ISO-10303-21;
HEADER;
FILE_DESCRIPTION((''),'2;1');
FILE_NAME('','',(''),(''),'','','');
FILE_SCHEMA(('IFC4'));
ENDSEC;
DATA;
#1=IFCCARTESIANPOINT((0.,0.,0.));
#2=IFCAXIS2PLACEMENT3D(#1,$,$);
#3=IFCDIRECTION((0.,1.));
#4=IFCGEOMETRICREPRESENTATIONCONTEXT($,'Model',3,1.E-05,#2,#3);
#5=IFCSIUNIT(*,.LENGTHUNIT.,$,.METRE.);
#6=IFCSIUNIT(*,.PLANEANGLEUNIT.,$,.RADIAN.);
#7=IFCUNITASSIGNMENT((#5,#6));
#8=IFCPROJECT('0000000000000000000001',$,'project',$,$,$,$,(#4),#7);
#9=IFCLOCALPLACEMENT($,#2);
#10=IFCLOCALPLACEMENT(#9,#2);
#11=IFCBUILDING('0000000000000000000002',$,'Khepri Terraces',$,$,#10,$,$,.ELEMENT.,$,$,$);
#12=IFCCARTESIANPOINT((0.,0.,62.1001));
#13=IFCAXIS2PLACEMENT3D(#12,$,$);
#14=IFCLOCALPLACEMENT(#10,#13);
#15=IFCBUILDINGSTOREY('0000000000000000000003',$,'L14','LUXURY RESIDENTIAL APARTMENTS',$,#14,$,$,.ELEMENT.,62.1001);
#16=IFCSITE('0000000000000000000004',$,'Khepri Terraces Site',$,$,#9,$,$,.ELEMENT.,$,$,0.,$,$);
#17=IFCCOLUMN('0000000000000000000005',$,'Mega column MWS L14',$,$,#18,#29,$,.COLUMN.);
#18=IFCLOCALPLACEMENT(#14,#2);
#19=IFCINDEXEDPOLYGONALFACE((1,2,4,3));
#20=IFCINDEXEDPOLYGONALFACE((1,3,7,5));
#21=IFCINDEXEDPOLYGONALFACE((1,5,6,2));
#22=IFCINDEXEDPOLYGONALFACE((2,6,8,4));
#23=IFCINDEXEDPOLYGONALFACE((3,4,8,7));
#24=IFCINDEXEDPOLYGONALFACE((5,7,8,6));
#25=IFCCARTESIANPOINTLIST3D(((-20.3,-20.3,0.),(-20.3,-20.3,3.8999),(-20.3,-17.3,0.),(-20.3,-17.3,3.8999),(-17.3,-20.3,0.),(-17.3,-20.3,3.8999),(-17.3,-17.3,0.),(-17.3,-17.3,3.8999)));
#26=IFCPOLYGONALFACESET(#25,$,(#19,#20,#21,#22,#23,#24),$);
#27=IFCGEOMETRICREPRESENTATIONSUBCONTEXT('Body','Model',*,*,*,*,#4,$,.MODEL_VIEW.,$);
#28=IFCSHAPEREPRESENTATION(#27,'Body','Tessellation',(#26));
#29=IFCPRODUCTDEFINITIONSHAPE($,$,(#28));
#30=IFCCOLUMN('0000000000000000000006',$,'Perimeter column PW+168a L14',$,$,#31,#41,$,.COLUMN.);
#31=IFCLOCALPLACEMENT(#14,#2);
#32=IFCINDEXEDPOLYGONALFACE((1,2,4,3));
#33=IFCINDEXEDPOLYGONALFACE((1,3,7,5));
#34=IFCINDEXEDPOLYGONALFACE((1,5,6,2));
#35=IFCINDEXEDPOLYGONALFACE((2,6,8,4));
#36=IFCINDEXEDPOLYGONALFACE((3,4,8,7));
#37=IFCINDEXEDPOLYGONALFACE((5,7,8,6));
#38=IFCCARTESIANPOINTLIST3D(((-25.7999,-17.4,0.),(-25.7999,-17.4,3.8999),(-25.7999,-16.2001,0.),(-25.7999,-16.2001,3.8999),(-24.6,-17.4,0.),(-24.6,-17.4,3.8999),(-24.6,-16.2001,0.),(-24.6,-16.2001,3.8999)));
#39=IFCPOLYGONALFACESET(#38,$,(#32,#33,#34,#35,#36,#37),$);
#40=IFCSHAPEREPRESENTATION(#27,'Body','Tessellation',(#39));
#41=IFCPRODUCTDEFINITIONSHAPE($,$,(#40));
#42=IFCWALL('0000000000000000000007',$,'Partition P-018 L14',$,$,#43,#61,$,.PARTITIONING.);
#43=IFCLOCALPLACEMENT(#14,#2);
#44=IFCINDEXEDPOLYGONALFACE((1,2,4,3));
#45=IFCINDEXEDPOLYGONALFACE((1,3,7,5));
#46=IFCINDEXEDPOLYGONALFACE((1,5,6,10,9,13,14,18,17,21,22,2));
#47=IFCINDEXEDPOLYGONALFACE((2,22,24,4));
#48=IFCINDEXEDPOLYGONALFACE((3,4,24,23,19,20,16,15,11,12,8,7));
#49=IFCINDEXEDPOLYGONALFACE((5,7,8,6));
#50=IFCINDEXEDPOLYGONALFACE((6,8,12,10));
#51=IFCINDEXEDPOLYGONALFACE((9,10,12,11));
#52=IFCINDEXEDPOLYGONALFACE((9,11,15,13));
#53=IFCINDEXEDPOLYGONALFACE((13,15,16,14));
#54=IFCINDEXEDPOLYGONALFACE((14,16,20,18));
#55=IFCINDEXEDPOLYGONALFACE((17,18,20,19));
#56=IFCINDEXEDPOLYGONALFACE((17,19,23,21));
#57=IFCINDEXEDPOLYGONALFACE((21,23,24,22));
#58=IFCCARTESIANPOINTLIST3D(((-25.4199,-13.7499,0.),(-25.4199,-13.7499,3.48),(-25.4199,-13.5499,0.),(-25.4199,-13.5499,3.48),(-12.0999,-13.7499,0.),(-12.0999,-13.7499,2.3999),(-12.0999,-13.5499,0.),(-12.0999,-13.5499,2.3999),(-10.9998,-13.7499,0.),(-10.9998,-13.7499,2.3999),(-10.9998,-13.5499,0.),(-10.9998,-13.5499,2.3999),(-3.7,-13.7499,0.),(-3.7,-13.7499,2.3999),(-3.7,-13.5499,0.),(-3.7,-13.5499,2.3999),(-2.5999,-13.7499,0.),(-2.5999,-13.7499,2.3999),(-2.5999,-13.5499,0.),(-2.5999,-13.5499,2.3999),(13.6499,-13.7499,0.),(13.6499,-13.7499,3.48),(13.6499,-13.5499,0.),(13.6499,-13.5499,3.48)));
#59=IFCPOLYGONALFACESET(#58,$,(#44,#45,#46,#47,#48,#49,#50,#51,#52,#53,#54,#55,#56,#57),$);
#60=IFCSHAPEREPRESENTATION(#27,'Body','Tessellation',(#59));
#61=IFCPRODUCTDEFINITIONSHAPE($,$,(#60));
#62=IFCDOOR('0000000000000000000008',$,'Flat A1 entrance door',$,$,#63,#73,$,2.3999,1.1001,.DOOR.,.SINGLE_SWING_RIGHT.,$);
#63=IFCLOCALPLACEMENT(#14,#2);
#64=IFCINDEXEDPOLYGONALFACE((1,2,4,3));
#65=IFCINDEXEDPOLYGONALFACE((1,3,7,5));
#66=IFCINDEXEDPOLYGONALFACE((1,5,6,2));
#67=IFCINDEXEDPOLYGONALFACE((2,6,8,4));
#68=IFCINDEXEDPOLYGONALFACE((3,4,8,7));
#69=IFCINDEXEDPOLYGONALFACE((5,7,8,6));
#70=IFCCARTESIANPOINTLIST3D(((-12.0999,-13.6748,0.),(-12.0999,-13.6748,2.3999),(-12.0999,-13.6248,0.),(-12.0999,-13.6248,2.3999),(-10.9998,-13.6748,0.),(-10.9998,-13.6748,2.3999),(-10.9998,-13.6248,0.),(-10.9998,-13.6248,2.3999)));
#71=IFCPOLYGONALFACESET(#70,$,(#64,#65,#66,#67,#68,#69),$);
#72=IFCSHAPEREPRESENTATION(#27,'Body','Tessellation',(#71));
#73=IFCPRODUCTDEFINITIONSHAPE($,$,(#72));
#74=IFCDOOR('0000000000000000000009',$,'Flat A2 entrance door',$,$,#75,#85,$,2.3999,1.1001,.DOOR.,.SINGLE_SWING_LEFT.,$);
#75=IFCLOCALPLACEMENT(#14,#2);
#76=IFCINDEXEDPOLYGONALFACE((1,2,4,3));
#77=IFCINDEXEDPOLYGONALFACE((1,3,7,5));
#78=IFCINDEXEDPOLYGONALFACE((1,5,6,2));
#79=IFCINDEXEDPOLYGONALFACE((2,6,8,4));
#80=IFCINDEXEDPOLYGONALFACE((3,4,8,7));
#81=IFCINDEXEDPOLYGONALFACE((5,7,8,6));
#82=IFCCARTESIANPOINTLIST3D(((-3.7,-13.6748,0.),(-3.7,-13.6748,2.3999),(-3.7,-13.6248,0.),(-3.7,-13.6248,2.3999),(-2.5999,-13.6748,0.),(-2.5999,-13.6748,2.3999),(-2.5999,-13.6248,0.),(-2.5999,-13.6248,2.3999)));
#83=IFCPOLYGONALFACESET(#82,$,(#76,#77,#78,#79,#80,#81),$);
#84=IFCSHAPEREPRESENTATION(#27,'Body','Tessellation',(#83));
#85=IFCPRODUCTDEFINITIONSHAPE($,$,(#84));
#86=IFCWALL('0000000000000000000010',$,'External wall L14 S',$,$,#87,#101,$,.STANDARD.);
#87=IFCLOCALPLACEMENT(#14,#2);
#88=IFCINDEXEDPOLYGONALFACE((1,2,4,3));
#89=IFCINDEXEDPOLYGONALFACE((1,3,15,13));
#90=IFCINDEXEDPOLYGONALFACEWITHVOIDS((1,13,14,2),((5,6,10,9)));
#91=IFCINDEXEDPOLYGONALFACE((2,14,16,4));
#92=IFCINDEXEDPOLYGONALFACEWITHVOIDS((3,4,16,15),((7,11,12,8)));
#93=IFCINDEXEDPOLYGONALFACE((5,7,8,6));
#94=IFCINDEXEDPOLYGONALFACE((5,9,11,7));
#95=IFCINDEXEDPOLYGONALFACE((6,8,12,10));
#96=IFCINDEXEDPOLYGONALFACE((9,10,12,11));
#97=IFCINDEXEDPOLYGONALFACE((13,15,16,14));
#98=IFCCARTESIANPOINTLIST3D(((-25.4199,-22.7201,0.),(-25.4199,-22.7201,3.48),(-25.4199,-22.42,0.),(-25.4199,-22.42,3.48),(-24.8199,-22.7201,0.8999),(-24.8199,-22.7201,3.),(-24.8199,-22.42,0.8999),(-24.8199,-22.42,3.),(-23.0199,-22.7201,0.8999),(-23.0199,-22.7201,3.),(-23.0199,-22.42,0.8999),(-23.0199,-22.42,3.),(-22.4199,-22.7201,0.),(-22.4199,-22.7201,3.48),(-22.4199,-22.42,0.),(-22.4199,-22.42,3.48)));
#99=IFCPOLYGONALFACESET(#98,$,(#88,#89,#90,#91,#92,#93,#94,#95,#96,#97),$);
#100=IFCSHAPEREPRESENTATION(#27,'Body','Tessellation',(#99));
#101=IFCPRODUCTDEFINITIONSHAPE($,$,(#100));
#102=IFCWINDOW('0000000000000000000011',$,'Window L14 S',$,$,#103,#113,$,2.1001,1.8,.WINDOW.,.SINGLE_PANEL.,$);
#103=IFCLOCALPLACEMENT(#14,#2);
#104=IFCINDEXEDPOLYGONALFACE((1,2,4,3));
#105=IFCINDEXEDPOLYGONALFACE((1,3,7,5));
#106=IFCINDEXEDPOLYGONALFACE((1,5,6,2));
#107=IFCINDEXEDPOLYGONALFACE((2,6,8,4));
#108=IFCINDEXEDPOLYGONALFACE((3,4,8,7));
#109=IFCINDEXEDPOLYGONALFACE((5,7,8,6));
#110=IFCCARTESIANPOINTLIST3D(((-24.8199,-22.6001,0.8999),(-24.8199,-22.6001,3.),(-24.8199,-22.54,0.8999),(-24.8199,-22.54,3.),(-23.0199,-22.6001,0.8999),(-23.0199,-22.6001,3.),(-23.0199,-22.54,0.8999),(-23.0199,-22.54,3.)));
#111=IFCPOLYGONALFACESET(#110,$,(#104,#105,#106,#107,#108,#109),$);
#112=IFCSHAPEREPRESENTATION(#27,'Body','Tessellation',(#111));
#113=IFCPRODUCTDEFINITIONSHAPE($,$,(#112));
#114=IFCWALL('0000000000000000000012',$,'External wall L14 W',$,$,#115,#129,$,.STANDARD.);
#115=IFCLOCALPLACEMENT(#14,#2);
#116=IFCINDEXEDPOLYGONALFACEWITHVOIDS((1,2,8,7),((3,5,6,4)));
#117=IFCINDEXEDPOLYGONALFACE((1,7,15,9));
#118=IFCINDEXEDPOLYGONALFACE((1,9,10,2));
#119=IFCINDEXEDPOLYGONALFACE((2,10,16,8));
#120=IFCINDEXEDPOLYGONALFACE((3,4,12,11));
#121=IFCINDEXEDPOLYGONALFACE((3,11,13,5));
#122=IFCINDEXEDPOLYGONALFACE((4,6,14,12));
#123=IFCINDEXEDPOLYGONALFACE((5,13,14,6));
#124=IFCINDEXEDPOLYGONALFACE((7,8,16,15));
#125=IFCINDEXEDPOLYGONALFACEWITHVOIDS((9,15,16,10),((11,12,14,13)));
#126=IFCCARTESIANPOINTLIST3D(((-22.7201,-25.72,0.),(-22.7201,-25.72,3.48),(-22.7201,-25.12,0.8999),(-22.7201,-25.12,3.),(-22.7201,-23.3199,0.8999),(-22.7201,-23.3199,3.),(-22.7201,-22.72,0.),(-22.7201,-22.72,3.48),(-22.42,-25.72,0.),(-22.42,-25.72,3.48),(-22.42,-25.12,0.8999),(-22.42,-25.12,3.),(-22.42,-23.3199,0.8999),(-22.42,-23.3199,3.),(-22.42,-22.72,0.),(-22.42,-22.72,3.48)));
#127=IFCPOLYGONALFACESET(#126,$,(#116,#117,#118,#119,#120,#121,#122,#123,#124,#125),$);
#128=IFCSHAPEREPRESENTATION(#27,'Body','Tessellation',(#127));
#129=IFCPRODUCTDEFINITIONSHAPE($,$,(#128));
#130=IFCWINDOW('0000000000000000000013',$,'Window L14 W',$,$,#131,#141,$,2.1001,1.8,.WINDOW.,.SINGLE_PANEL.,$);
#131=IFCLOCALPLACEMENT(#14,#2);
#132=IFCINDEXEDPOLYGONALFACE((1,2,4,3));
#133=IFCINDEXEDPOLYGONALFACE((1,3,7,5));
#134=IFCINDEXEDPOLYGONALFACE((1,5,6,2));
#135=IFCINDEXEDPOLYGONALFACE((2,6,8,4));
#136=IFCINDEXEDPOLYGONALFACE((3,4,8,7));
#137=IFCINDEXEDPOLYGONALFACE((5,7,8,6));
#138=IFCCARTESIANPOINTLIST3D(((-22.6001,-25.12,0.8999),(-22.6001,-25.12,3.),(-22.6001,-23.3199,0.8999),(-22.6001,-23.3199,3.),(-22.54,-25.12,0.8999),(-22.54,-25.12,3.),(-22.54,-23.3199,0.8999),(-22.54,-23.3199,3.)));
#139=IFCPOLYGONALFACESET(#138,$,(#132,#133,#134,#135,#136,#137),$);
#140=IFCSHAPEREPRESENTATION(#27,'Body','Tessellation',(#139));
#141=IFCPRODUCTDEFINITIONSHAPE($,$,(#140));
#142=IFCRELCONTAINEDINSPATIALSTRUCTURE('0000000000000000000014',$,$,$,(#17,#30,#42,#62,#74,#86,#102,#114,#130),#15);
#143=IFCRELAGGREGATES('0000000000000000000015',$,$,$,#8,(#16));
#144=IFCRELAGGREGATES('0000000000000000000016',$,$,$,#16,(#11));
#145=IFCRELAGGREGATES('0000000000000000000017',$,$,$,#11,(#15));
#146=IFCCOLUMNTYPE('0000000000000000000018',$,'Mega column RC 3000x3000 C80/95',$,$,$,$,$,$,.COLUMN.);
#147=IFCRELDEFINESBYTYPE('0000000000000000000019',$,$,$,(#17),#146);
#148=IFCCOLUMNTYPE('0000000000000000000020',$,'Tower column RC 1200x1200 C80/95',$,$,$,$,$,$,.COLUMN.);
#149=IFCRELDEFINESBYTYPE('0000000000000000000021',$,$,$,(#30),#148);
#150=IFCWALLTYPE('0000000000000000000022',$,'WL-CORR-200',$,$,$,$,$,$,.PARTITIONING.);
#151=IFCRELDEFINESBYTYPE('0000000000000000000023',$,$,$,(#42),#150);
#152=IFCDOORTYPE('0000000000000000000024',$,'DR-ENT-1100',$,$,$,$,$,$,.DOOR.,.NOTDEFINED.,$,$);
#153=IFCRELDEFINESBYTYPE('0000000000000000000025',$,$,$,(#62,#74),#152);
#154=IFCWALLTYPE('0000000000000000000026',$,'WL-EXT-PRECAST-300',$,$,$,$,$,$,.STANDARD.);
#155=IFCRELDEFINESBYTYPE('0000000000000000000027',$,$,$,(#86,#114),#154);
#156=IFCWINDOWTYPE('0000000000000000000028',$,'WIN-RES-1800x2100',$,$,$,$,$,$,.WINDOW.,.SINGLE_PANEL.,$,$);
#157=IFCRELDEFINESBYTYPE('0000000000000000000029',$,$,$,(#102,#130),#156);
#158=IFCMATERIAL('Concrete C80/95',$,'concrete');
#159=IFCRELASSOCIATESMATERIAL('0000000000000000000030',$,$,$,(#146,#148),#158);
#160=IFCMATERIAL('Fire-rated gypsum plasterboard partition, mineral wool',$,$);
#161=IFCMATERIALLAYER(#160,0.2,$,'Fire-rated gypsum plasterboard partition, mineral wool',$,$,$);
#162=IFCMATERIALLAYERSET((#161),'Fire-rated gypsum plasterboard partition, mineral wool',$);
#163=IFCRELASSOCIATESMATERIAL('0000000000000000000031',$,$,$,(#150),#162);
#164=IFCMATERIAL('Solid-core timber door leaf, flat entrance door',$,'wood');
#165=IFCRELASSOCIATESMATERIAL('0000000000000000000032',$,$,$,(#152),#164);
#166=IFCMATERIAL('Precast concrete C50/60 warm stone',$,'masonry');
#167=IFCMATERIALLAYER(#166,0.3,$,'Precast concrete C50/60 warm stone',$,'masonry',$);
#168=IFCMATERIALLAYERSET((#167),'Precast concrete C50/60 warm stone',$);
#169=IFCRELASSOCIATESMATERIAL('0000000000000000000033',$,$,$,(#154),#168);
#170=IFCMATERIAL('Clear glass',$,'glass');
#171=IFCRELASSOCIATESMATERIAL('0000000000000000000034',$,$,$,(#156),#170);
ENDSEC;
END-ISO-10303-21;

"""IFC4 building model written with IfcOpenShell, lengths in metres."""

from ifc_helpers import new_model, si_unit, direction, frame, frame_2d, origin, origin_2d, place, context, subcontext, project, spatial, rectangle, extrude, material, layer, layer_set, material_profile, profile_set, type_object, element, fill, save


model = new_model("IFC4")

# Units and contexts
model_context = context("Model", 3, precision=1e-05, world=origin(), true_north=direction((0.0, 1.0)))
body_context = subcontext(model_context, "Body", "Model", "MODEL_VIEW")
ifc_project = project(units=[si_unit("LENGTHUNIT", "METRE"), si_unit("PLANEANGLEUNIT", "RADIAN")], contexts=[model_context])

# Site, building, storey
site_placement = place(None, origin())
site = spatial("IfcSite", under=ifc_project, at=site_placement, Name="Khepri Terraces Site", CompositionType="ELEMENT", RefElevation=0.0)
building_placement = place(site_placement, origin())
building = spatial("IfcBuilding", under=site, at=building_placement, Name="Khepri Terraces", CompositionType="ELEMENT")
storey_placement = place(building_placement, frame((0.0, 0.0, 62.1001)))
storey = spatial("IfcBuildingStorey", under=building, at=storey_placement, Name="L14", Description="LUXURY RESIDENTIAL APARTMENTS", CompositionType="ELEMENT", Elevation=62.1001)

# Columns
ifc_material_1 = material(Name="Concrete C80/95", Category="concrete")
ifc_material_profile_1 = material_profile(ifc_material_1, rectangle(XDim=3.0, YDim=3.0, at=origin_2d()), Name="Concrete C80/95", Category="concrete")
ifc_profile_set_1 = profile_set([ifc_material_profile_1], Name="Concrete C80/95")
column_type_1 = type_object("IfcColumnType", Name="Mega column RC 3000x3000 C80/95", PredefinedType="COLUMN", material=ifc_profile_set_1)
column_1_placement = place(storey_placement, frame((-18.8, -18.8, 0.0), z_axis=(0.0, 0.0, 1.0), x_axis=(1.0, 0.0, 0.0)))
element("IfcColumn", 1, at=column_1_placement, inside=storey, type_object=column_type_1, Name="Mega column MWS L14", PredefinedType="COLUMN", context=body_context, shape_type="SweptSolid", body=[
    extrude(rectangle(XDim=3.0, YDim=3.0, at=origin_2d()), origin(), (0.0, 0.0, 1.0), 3.8999),
])
ifc_material_profile_2 = material_profile(ifc_material_1, rectangle(XDim=1.2, YDim=1.2, at=origin_2d()), Name="Concrete C80/95", Category="concrete")
ifc_profile_set_2 = profile_set([ifc_material_profile_2], Name="Concrete C80/95")
column_type_2 = type_object("IfcColumnType", Name="Tower column RC 1200x1200 C80/95", PredefinedType="COLUMN", material=ifc_profile_set_2)
column_2_placement = place(storey_placement, frame((-25.2, -16.8, 0.0), z_axis=(0.0, 0.0, 1.0), x_axis=(1.0, 0.0, 0.0)))
element("IfcColumn", 2, at=column_2_placement, inside=storey, type_object=column_type_2, Name="Perimeter column PW+168a L14", PredefinedType="COLUMN", context=body_context, shape_type="SweptSolid", body=[
    extrude(rectangle(XDim=1.2, YDim=1.2, at=origin_2d()), origin(), (0.0, 0.0, 1.0), 3.8999),
])

# Wall, openings, doors
ifc_material_2 = material(Name="Fire-rated gypsum plasterboard partition, mineral wool")
ifc_layer_1 = layer(ifc_material_2, 0.2, Name="Fire-rated gypsum plasterboard partition, mineral wool")
ifc_layer_set_1 = layer_set([ifc_layer_1], Name="Fire-rated gypsum plasterboard partition, mineral wool")
wall_type_1 = type_object("IfcWallType", Name="WL-CORR-200", PredefinedType="PARTITIONING", material=ifc_layer_set_1)
wall_1_placement = place(storey_placement, frame((-25.4199, -13.6499, 0.0), z_axis=(0.0, 0.0, 1.0), x_axis=(1.0, 0.0, 0.0)))
wall_1 = element("IfcWall", 3, at=wall_1_placement, inside=storey, type_object=wall_type_1, Name="Partition P-018 L14", PredefinedType="PARTITIONING", context=body_context, shape_type="SweptSolid", body=[
    extrude(rectangle(XDim=39.0698, YDim=0.2, at=frame_2d((19.5349, 0.0))), origin(), (0.0, 0.0, 1.0), 3.48),
])
opening_1_placement = place(wall_1_placement, frame((13.3201, 0.0, 0.0)))
opening_1 = element("IfcOpeningElement", 4, at=opening_1_placement, cuts=wall_1, PredefinedType="OPENING", context=body_context, shape_type="SweptSolid", body=[
    extrude(rectangle(XDim=1.1001, YDim=2.3999, at=frame_2d((0.55, 1.2))), frame((0.0, 0.1099, 0.0), z_axis=(0.0, -1.0, 0.0), x_axis=(1.0, 0.0, 0.0)), (0.0, 0.0, 1.0), 0.22),
])
opening_2_placement = place(wall_1_placement, frame((21.72, 0.0, 0.0)))
opening_2 = element("IfcOpeningElement", 5, at=opening_2_placement, cuts=wall_1, PredefinedType="OPENING", context=body_context, shape_type="SweptSolid", body=[
    extrude(rectangle(XDim=1.1001, YDim=2.3999, at=frame_2d((0.55, 1.2))), frame((0.0, 0.1099, 0.0), z_axis=(0.0, -1.0, 0.0), x_axis=(1.0, 0.0, 0.0)), (0.0, 0.0, 1.0), 0.22),
])
ifc_material_3 = material(Name="Solid-core timber door leaf, flat entrance door", Category="wood")
door_type_1 = type_object("IfcDoorType", Name="DR-ENT-1100", OperationType="NOTDEFINED", PredefinedType="DOOR", material=ifc_material_3)
door_1_placement = place(opening_1_placement, frame((1.1001, 0.0, 0.0), z_axis=(0.0, 0.0, 1.0), x_axis=(-1.0, 0.0, 0.0)))
door_1 = element("IfcDoor", 6, at=door_1_placement, inside=storey, type_object=door_type_1, Name="Flat A1 entrance door", OperationType="SINGLE_SWING_RIGHT", OverallHeight=2.3999, OverallWidth=1.1001, PredefinedType="DOOR", context=body_context, shape_type="SweptSolid", body=[
    extrude(rectangle(XDim=1.1001, YDim=2.3999, at=frame_2d((0.55, 1.2))), frame((0.0, 0.0249, 0.0), z_axis=(0.0, -1.0, 0.0), x_axis=(1.0, 0.0, 0.0)), (0.0, 0.0, 1.0), 0.05),
])
fill(opening_1, door_1)
door_2_placement = place(opening_2_placement, frame((1.1001, 0.0, 0.0), z_axis=(0.0, 0.0, 1.0), x_axis=(-1.0, 0.0, 0.0)))
door_2 = element("IfcDoor", 7, at=door_2_placement, inside=storey, type_object=door_type_1, Name="Flat A2 entrance door", OperationType="SINGLE_SWING_LEFT", OverallHeight=2.3999, OverallWidth=1.1001, PredefinedType="DOOR", context=body_context, shape_type="SweptSolid", body=[
    extrude(rectangle(XDim=1.1001, YDim=2.3999, at=frame_2d((0.55, 1.2))), frame((0.0, 0.0249, 0.0), z_axis=(0.0, -1.0, 0.0), x_axis=(1.0, 0.0, 0.0)), (0.0, 0.0, 1.0), 0.05),
])
fill(opening_2, door_2)

# Shared definitions
ifc_material_4 = material(Name="Precast concrete C50/60 warm stone", Category="masonry")
ifc_layer_2 = layer(ifc_material_4, 0.3, Name="Precast concrete C50/60 warm stone", Category="masonry")
ifc_layer_set_2 = layer_set([ifc_layer_2], Name="Precast concrete C50/60 warm stone")
wall_type_2 = type_object("IfcWallType", Name="WL-EXT-PRECAST-300", PredefinedType="STANDARD", material=ifc_layer_set_2)
ifc_material_5 = material(Name="Clear glass", Category="glass")
window_type = type_object("IfcWindowType", Name="WIN-RES-1800x2100", PartitioningType="SINGLE_PANEL", PredefinedType="WINDOW", material=ifc_material_5)

# Walls, openings, windows
wall_2_placement = place(storey_placement, frame((-25.4199, -22.5701, 0.0), z_axis=(0.0, 0.0, 1.0), x_axis=(1.0, 0.0, 0.0)))
wall_2 = element("IfcWall", 8, at=wall_2_placement, inside=storey, type_object=wall_type_2, Name="External wall L14 S", PredefinedType="STANDARD", context=body_context, shape_type="SweptSolid", body=[
    extrude(rectangle(XDim=3.0, YDim=0.3, at=frame_2d((1.5, 0.0))), origin(), (0.0, 0.0, 1.0), 3.48),
])
opening_3_placement = place(wall_2_placement, frame((0.6001, 0.0, 0.8999)))
opening_3 = element("IfcOpeningElement", 9, at=opening_3_placement, cuts=wall_2, PredefinedType="OPENING", context=body_context, shape_type="SweptSolid", body=[
    extrude(rectangle(XDim=1.8, YDim=2.1001, at=frame_2d((0.8999, 1.05))), frame((0.0, 0.1602, 0.0), z_axis=(0.0, -1.0, 0.0), x_axis=(1.0, 0.0, 0.0)), (0.0, 0.0, 1.0), 0.3201),
])
window_1_placement = place(opening_3_placement, origin())
window_1 = element("IfcWindow", 10, at=window_1_placement, inside=storey, type_object=window_type, Name="Window L14 S", OverallHeight=2.1001, OverallWidth=1.8, PartitioningType="SINGLE_PANEL", PredefinedType="WINDOW", context=body_context, shape_type="SweptSolid", body=[
    extrude(rectangle(XDim=1.8, YDim=2.1001, at=frame_2d((0.8999, 1.05))), frame((0.0, 0.03, 0.0), z_axis=(0.0, -1.0, 0.0), x_axis=(1.0, 0.0, 0.0)), (0.0, 0.0, 1.0), 0.0601),
])
fill(opening_3, window_1)
wall_3_placement = place(storey_placement, frame((-22.5701, -22.72, 0.0), z_axis=(0.0, 0.0, 1.0), x_axis=(0.0, -1.0, 0.0)))
wall_3 = element("IfcWall", 11, at=wall_3_placement, inside=storey, type_object=wall_type_2, Name="External wall L14 W", PredefinedType="STANDARD", context=body_context, shape_type="SweptSolid", body=[
    extrude(rectangle(XDim=3.0, YDim=0.3, at=frame_2d((1.5, 0.0))), origin(), (0.0, 0.0, 1.0), 3.48),
])
opening_4_placement = place(wall_3_placement, frame((0.6001, 0.0, 0.8999)))
opening_4 = element("IfcOpeningElement", 12, at=opening_4_placement, cuts=wall_3, PredefinedType="OPENING", context=body_context, shape_type="SweptSolid", body=[
    extrude(rectangle(XDim=1.8, YDim=2.1001, at=frame_2d((0.8999, 1.05))), frame((0.0, 0.1602, 0.0), z_axis=(0.0, -1.0, 0.0), x_axis=(1.0, 0.0, 0.0)), (0.0, 0.0, 1.0), 0.3201),
])
window_2_placement = place(opening_4_placement, origin())
window_2 = element("IfcWindow", 13, at=window_2_placement, inside=storey, type_object=window_type, Name="Window L14 W", OverallHeight=2.1001, OverallWidth=1.8, PartitioningType="SINGLE_PANEL", PredefinedType="WINDOW", context=body_context, shape_type="SweptSolid", body=[
    extrude(rectangle(XDim=1.8, YDim=2.1001, at=frame_2d((0.8999, 1.05))), frame((0.0, 0.03, 0.0), z_axis=(0.0, -1.0, 0.0), x_axis=(1.0, 0.0, 0.0)), (0.0, 0.0, 1.0), 0.0601),
])
fill(opening_4, window_2)

save(model, "model.ifc")
